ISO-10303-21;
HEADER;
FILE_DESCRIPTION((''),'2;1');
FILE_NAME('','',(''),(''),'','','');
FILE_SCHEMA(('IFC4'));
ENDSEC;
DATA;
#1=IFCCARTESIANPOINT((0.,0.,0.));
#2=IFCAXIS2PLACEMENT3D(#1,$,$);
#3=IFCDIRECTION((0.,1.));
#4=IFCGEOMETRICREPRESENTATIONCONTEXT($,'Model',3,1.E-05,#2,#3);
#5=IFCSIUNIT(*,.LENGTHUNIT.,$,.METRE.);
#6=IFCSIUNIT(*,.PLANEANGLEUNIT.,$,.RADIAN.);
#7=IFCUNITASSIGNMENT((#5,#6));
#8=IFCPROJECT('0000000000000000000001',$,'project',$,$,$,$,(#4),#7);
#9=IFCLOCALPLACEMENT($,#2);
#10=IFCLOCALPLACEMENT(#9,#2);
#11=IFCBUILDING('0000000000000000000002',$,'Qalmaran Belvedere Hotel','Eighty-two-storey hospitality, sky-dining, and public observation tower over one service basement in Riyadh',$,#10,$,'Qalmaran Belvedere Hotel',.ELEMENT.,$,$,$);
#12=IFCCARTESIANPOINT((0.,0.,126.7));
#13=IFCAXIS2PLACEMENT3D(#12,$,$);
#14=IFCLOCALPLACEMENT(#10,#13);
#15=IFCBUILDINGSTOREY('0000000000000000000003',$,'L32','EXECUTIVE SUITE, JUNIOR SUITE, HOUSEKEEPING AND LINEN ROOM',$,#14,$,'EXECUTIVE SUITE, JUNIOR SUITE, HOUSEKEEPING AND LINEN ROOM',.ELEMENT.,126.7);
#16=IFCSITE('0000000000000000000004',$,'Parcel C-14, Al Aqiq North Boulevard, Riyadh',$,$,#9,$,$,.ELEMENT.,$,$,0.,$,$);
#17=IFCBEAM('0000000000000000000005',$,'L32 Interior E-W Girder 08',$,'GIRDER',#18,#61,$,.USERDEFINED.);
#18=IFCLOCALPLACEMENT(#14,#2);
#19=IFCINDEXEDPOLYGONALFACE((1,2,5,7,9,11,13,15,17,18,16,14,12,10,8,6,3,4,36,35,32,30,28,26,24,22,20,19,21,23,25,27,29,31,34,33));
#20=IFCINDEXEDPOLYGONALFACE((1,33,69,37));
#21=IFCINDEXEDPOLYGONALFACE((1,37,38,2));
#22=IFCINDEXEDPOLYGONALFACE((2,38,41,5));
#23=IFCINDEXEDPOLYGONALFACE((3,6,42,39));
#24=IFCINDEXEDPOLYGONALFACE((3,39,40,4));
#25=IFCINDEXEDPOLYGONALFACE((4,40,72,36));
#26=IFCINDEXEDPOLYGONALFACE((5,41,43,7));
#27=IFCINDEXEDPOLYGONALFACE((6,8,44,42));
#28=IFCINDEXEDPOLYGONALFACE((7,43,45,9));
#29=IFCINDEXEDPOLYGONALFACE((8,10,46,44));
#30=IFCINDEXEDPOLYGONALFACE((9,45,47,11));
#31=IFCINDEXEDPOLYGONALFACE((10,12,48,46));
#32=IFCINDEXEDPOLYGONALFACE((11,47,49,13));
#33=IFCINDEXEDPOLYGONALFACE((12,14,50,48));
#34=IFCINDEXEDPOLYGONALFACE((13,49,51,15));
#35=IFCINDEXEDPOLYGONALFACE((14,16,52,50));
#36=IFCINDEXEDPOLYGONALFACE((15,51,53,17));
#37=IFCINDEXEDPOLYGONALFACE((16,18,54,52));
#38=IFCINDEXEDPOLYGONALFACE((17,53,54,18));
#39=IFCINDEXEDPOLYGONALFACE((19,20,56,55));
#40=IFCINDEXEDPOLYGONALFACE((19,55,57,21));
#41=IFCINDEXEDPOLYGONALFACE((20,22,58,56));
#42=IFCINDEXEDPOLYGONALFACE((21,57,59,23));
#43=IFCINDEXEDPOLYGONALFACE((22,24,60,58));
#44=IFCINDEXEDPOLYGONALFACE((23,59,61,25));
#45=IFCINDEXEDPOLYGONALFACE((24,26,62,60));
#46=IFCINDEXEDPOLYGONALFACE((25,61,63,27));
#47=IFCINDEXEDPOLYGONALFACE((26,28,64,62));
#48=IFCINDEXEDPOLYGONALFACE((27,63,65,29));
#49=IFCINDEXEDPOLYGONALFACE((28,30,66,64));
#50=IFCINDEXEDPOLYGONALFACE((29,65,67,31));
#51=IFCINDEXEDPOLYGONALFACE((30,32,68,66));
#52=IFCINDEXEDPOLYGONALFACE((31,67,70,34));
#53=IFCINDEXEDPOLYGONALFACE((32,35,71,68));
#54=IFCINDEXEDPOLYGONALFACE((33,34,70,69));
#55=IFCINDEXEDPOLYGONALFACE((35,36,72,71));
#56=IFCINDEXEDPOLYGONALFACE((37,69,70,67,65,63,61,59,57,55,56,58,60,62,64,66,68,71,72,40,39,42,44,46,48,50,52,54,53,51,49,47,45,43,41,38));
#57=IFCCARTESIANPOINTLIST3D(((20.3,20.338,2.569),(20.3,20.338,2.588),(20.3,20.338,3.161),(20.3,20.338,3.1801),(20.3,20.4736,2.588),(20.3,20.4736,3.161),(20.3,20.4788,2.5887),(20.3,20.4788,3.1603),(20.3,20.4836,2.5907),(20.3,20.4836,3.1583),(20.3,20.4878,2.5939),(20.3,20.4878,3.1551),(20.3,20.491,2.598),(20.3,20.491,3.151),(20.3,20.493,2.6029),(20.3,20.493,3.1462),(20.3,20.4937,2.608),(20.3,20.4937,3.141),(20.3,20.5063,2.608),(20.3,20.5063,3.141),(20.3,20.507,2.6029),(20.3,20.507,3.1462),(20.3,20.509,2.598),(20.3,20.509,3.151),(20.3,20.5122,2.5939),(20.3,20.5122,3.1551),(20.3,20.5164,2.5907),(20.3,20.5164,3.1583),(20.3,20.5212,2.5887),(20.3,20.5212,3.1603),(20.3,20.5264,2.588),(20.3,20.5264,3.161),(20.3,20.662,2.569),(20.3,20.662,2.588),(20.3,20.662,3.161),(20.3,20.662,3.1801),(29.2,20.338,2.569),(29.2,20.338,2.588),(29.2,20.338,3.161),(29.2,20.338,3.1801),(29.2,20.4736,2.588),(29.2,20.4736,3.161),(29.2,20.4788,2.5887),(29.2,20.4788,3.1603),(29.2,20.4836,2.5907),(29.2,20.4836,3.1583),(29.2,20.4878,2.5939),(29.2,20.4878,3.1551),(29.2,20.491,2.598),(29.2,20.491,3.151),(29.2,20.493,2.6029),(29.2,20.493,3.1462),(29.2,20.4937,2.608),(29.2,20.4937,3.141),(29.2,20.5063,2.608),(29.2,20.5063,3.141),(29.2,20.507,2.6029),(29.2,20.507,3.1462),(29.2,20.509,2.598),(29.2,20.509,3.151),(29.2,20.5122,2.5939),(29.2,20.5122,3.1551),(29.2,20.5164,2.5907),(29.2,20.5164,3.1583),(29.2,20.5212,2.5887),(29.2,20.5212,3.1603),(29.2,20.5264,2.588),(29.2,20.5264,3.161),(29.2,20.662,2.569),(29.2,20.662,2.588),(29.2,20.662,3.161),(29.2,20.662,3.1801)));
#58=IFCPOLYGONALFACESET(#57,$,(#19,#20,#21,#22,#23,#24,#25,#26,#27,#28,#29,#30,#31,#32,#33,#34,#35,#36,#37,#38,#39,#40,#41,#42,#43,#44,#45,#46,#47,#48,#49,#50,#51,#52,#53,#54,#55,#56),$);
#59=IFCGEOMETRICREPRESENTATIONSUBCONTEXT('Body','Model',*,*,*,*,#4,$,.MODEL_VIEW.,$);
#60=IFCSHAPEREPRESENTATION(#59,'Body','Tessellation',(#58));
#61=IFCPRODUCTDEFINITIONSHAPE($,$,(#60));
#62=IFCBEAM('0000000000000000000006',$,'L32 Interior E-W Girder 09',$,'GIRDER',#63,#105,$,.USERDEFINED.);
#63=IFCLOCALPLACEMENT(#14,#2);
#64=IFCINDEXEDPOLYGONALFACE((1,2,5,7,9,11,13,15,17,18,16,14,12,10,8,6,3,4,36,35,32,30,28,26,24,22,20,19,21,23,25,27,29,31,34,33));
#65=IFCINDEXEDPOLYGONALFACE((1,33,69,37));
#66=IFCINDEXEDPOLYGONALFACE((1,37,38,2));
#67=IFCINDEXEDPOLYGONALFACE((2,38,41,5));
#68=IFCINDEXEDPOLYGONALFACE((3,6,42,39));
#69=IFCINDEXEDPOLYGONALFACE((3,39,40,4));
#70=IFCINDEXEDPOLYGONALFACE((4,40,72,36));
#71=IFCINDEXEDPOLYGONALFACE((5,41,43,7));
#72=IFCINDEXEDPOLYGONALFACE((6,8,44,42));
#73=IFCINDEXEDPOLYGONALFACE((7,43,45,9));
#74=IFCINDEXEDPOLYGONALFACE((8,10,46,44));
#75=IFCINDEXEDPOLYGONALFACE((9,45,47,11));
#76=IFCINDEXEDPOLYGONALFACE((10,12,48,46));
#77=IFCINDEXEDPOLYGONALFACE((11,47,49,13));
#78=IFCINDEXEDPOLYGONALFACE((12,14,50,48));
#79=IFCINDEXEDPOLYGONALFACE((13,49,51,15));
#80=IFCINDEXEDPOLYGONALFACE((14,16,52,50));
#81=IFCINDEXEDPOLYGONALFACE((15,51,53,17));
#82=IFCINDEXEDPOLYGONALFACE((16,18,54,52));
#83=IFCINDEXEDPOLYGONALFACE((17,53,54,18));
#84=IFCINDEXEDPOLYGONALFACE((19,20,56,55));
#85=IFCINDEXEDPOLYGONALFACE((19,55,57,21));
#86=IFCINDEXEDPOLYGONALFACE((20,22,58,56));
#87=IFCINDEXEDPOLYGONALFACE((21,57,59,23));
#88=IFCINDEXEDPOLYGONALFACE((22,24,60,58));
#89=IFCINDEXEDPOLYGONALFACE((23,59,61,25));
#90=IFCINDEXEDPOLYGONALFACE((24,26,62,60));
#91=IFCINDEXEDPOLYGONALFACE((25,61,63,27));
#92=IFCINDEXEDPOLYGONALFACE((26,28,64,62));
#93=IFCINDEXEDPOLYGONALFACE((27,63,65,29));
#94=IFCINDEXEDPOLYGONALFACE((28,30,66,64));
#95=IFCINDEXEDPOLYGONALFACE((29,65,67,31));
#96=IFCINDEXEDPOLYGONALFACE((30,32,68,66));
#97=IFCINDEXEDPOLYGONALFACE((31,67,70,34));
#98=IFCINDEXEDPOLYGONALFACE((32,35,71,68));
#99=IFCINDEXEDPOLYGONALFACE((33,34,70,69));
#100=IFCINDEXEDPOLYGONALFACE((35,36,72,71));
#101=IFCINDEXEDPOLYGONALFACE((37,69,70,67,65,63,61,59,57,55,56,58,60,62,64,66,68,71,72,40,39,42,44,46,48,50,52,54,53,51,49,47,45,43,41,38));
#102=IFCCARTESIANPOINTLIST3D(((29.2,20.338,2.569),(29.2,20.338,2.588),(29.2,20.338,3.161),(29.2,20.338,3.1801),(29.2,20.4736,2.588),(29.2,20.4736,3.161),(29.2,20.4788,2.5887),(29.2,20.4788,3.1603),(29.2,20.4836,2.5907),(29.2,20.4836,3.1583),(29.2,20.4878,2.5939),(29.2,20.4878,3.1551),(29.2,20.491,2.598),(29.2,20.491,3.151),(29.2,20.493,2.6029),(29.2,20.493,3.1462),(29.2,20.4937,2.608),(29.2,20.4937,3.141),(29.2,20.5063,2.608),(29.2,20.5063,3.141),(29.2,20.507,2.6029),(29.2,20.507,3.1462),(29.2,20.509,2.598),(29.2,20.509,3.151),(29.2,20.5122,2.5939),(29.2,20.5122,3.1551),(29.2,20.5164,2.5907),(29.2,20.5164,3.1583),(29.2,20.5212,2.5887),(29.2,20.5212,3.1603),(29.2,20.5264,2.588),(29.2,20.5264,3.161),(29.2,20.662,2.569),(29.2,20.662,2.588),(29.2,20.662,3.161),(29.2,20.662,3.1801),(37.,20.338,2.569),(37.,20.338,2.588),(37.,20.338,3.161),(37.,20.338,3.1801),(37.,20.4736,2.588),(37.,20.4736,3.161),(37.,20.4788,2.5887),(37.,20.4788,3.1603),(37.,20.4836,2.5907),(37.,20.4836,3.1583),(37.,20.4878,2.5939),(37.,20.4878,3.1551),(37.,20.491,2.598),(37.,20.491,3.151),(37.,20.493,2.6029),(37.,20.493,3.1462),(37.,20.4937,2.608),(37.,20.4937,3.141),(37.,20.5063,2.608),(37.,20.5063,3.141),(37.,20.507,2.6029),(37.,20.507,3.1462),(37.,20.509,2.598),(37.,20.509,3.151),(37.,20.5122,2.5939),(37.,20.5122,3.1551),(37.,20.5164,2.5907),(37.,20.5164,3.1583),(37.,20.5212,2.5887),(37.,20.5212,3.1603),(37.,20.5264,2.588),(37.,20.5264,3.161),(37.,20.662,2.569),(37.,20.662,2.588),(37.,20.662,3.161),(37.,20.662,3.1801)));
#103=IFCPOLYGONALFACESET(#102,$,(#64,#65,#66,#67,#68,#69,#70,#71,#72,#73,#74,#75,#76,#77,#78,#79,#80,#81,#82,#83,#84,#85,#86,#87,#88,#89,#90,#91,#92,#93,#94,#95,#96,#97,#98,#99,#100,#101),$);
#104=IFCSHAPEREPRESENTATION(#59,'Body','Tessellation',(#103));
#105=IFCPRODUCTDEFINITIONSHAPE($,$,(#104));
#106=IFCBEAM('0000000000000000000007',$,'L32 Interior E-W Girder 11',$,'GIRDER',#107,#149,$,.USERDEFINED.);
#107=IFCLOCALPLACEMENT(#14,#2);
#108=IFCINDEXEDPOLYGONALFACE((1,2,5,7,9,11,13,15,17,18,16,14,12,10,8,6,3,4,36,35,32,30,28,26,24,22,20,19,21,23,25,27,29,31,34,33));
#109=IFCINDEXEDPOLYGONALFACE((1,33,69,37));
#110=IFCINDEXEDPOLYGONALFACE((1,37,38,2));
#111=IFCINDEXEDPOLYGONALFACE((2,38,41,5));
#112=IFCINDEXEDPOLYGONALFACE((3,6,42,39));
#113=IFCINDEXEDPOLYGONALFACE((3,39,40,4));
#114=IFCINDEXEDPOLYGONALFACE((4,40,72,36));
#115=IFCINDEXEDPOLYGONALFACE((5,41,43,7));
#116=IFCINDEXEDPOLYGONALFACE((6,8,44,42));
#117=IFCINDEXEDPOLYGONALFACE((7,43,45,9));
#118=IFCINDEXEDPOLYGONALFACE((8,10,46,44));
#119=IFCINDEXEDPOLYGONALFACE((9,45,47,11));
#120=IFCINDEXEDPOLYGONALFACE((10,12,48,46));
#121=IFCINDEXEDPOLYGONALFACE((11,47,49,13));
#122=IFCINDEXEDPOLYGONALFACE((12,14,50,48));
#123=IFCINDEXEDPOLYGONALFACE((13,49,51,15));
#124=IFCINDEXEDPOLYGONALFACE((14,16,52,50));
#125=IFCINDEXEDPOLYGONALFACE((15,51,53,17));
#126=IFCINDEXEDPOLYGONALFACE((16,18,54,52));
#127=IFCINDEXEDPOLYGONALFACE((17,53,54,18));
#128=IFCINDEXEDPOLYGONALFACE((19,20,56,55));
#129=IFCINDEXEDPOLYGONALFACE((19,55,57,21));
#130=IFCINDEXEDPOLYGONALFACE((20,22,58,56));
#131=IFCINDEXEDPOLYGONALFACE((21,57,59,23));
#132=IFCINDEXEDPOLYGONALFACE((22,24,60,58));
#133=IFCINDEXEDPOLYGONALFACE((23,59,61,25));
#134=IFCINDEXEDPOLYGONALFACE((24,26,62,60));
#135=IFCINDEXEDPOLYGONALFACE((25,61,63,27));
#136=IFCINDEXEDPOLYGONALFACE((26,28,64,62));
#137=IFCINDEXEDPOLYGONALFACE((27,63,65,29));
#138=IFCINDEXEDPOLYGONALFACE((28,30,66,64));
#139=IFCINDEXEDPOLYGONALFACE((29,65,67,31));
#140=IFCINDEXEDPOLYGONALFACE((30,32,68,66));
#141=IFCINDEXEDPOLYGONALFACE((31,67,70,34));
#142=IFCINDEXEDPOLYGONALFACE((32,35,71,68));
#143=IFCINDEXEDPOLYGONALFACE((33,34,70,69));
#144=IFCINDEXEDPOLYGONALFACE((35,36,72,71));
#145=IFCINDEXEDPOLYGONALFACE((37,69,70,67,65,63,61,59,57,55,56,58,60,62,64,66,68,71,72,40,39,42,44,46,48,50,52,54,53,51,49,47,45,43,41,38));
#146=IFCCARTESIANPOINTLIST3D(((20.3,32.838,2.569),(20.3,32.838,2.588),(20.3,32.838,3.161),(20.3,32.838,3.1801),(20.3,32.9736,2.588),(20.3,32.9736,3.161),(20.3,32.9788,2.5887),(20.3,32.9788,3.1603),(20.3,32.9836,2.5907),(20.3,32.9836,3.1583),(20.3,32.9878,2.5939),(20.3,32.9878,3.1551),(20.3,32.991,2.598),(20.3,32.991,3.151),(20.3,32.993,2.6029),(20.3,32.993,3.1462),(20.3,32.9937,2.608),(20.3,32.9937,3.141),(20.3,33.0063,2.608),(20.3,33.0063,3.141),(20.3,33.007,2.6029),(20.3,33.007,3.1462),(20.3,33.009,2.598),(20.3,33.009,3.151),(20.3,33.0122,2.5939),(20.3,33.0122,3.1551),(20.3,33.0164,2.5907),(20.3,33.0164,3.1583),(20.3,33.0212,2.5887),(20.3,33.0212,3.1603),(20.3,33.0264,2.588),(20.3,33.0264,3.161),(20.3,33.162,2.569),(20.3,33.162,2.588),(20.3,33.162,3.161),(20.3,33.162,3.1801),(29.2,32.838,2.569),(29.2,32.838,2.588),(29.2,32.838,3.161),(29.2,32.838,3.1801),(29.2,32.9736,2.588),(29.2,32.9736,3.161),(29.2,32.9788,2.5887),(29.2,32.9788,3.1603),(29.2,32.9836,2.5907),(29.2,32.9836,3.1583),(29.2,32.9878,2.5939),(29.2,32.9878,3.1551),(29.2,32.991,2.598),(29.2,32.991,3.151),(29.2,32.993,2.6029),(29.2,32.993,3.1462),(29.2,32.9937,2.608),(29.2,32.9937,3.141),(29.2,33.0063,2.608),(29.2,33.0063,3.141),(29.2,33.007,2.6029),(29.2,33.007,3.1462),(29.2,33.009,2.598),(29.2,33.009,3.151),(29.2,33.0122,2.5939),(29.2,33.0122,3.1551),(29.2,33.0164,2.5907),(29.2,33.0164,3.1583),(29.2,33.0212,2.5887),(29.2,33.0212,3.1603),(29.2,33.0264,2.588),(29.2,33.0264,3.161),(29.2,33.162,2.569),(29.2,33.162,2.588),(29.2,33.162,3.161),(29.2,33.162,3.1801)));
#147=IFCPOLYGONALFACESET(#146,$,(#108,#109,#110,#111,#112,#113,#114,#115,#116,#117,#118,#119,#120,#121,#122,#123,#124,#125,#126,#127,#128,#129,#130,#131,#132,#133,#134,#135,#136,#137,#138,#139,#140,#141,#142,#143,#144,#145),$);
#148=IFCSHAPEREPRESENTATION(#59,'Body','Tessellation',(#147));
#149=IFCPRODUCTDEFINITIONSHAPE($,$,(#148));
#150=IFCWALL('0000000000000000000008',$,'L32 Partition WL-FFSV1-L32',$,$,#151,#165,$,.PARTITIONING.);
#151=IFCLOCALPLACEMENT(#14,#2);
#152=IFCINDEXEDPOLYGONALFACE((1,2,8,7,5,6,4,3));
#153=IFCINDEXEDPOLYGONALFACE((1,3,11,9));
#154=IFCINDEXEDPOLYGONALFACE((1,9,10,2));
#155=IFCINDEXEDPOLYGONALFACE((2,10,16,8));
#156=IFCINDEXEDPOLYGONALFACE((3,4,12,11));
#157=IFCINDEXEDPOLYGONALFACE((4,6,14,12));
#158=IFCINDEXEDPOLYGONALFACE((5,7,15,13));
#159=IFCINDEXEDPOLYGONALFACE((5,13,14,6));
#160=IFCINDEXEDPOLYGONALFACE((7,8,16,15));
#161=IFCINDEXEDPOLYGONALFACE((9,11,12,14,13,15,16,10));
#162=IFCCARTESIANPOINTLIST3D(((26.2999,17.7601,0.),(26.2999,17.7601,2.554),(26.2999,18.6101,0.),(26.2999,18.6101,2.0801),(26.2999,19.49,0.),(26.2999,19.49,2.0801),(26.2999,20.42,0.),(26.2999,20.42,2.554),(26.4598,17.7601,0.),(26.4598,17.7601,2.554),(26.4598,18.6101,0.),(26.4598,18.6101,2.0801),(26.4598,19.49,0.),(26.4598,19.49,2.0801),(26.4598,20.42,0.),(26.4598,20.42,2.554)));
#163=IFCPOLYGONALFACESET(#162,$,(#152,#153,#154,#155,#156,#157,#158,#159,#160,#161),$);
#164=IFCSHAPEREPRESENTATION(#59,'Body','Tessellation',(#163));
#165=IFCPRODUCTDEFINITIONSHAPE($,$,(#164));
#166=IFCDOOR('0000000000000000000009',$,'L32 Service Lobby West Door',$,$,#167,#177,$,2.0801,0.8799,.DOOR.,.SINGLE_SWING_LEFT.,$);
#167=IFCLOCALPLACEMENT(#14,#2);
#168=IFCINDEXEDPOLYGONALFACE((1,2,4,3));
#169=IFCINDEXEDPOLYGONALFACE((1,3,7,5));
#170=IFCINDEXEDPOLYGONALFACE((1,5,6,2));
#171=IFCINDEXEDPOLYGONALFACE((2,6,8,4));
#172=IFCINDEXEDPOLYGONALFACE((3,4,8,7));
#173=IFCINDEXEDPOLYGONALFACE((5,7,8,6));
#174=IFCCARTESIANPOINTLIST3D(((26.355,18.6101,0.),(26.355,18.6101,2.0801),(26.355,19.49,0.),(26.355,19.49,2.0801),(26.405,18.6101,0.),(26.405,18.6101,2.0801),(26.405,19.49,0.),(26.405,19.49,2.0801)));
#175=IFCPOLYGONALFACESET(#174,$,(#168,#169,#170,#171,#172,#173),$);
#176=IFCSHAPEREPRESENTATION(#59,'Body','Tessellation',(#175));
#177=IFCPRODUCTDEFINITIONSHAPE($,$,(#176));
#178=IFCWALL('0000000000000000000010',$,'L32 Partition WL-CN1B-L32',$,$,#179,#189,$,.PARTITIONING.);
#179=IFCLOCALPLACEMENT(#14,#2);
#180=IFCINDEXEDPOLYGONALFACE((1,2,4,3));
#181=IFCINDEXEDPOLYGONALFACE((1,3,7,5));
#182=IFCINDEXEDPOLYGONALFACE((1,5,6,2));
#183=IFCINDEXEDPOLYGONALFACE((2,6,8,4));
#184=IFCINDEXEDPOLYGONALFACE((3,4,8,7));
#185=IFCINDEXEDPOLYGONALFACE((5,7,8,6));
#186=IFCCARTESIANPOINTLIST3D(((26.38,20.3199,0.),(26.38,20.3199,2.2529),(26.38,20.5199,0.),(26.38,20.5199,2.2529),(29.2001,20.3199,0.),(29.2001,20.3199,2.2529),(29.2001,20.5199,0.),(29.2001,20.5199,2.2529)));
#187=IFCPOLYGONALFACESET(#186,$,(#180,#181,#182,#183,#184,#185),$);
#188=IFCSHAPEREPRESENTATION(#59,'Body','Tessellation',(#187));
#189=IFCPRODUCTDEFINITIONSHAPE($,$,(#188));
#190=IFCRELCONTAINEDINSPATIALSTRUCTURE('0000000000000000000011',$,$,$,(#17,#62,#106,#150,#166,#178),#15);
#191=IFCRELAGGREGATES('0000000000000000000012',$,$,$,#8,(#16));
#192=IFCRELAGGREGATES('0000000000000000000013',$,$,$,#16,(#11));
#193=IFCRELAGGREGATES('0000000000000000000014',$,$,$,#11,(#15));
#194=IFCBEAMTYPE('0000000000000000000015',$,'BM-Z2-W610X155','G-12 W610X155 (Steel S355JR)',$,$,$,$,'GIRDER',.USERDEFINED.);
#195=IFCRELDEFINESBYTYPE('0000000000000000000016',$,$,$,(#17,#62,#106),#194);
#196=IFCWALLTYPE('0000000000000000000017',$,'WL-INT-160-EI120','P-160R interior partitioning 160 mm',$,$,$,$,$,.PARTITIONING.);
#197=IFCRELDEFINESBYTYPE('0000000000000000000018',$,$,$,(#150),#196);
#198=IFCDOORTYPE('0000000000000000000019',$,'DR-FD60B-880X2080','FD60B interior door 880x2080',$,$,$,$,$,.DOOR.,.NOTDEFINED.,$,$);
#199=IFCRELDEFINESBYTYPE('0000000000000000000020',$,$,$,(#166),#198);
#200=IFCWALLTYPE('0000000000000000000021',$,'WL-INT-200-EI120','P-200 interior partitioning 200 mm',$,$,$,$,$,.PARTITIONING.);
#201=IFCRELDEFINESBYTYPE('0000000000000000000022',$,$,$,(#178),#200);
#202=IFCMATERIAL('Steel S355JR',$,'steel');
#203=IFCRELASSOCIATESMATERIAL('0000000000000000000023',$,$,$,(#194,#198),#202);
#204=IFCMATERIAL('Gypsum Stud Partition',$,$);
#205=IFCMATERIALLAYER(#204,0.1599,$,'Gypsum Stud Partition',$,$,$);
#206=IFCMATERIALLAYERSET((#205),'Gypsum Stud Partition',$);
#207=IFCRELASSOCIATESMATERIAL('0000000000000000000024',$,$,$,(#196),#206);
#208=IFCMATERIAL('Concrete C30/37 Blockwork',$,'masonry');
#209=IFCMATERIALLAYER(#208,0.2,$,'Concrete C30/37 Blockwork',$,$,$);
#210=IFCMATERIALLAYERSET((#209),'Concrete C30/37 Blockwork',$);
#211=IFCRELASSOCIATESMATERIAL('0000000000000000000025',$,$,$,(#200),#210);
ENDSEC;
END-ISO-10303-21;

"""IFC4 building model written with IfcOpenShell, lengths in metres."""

from ifc_helpers import new_model, si_unit, direction, frame, frame_2d, origin, origin_2d, place, context, subcontext, project, spatial, rectangle, i_section, extrude, material, layer, layer_set, material_profile, profile_set, type_object, element, fill, save


model = new_model("IFC4")

# Units and contexts
model_context = context("Model", 3, precision=1e-05, world=origin(), true_north=direction((0.0, 1.0)))
body_context = subcontext(model_context, "Body", "Model", "MODEL_VIEW")
ifc_project = project(units=[si_unit("LENGTHUNIT", "METRE"), si_unit("PLANEANGLEUNIT", "RADIAN")], contexts=[model_context])

# Site, building, storey
site_placement = place(None, origin())
site = spatial("IfcSite", under=ifc_project, at=site_placement, Name="Parcel C-14, Al Aqiq North Boulevard, Riyadh", CompositionType="ELEMENT", RefElevation=0.0)
building_placement = place(site_placement, origin())
building = spatial("IfcBuilding", under=site, at=building_placement, Name="Qalmaran Belvedere Hotel", Description="Eighty-two-storey hospitality, sky-dining, and public observation tower over one service basement in Riyadh", LongName="Qalmaran Belvedere Hotel", CompositionType="ELEMENT")
storey_placement = place(building_placement, frame((0.0, 0.0, 126.7)))
storey = spatial("IfcBuildingStorey", under=building, at=storey_placement, Name="L32", Description="EXECUTIVE SUITE, JUNIOR SUITE, HOUSEKEEPING AND LINEN ROOM", LongName="EXECUTIVE SUITE, JUNIOR SUITE, HOUSEKEEPING AND LINEN ROOM", CompositionType="ELEMENT", Elevation=126.7)

# Beams
ifc_material_1 = material(Name="Steel S355JR", Category="steel")
ifc_material_profile_1 = material_profile(ifc_material_1, i_section(OverallWidth=0.324, OverallDepth=0.6111, WebThickness=0.0127, FlangeThickness=0.019, FilletRadius=0.02, at=origin_2d()), Name="W610X155")
ifc_profile_set_1 = profile_set([ifc_material_profile_1], Name="Steel S355JR")
beam_type_1 = type_object("IfcBeamType", Name="BM-Z2-W610X155", Description="G-12 W610X155 (Steel S355JR)", ElementType="GIRDER", PredefinedType="USERDEFINED", material=ifc_profile_set_1)
beam_1_placement = place(storey_placement, frame((20.3, 20.5, 2.8745), z_axis=(1.0, 0.0, 0.0), x_axis=(0.0, 1.0, 0.0)))
element("IfcBeam", 1, at=beam_1_placement, inside=storey, type_object=beam_type_1, Name="L32 Interior E-W Girder 08", ObjectType="GIRDER", PredefinedType="USERDEFINED", context=body_context, shape_type="SweptSolid", body=[
    extrude(i_section(OverallWidth=0.324, OverallDepth=0.6111, WebThickness=0.0127, FlangeThickness=0.019, FilletRadius=0.02, at=origin_2d()), origin(), (0.0, 0.0, 1.0), 8.8999),
])
beam_2_placement = place(storey_placement, frame((29.2, 20.5, 2.8745), z_axis=(1.0, 0.0, 0.0), x_axis=(0.0, 1.0, 0.0)))
element("IfcBeam", 2, at=beam_2_placement, inside=storey, type_object=beam_type_1, Name="L32 Interior E-W Girder 09", ObjectType="GIRDER", PredefinedType="USERDEFINED", context=body_context, shape_type="SweptSolid", body=[
    extrude(i_section(OverallWidth=0.324, OverallDepth=0.6111, WebThickness=0.0127, FlangeThickness=0.019, FilletRadius=0.02, at=origin_2d()), origin(), (0.0, 0.0, 1.0), 7.8),
])
beam_3_placement = place(storey_placement, frame((20.3, 33.0, 2.8745), z_axis=(1.0, 0.0, 0.0), x_axis=(0.0, 1.0, 0.0)))
element("IfcBeam", 3, at=beam_3_placement, inside=storey, type_object=beam_type_1, Name="L32 Interior E-W Girder 11", ObjectType="GIRDER", PredefinedType="USERDEFINED", context=body_context, shape_type="SweptSolid", body=[
    extrude(i_section(OverallWidth=0.324, OverallDepth=0.6111, WebThickness=0.0127, FlangeThickness=0.019, FilletRadius=0.02, at=origin_2d()), origin(), (0.0, 0.0, 1.0), 8.8999),
])

# Wall, opening, door
ifc_material_2 = material(Name="Gypsum Stud Partition")
ifc_layer_1 = layer(ifc_material_2, 0.1599, Name="Gypsum Stud Partition")
ifc_layer_set_1 = layer_set([ifc_layer_1], Name="Gypsum Stud Partition")
wall_type_1 = type_object("IfcWallType", Name="WL-INT-160-EI120", Description="P-160R interior partitioning 160 mm", PredefinedType="PARTITIONING", material=ifc_layer_set_1)
wall_1_placement = place(storey_placement, frame((26.3799, 17.76, 0.0), z_axis=(0.0, 0.0, 1.0), x_axis=(0.0, 1.0, 0.0)))
wall_1 = element("IfcWall", 4, at=wall_1_placement, inside=storey, type_object=wall_type_1, Name="L32 Partition WL-FFSV1-L32", PredefinedType="PARTITIONING", context=body_context, shape_type="SweptSolid", body=[
    extrude(rectangle(XDim=2.6599, YDim=0.1599, at=frame_2d((1.3301, 0.0))), origin(), (0.0, 0.0, 1.0), 2.554),
])
opening_1_placement = place(wall_1_placement, frame((0.8501, 0.0, 0.0)))
opening_1 = element("IfcOpeningElement", 5, at=opening_1_placement, cuts=wall_1, PredefinedType="OPENING", context=body_context, shape_type="SweptSolid", body=[
    extrude(rectangle(XDim=0.8799, YDim=2.0801, at=frame_2d((0.4399, 1.04))), frame((0.0, 0.0898, 0.0), z_axis=(0.0, -1.0, 0.0), x_axis=(1.0, 0.0, 0.0)), (0.0, 0.0, 1.0), 0.1799),
])
door_type_1 = type_object("IfcDoorType", Name="DR-FD60B-880X2080", Description="FD60B interior door 880x2080", OperationType="NOTDEFINED", PredefinedType="DOOR", material=ifc_material_1)
door_1_placement = place(opening_1_placement, origin())
door_1 = element("IfcDoor", 6, at=door_1_placement, inside=storey, type_object=door_type_1, Name="L32 Service Lobby West Door", OperationType="SINGLE_SWING_LEFT", OverallHeight=2.0801, OverallWidth=0.8799, PredefinedType="DOOR", context=body_context, shape_type="SweptSolid", body=[
    extrude(rectangle(XDim=0.8799, YDim=2.0801, at=frame_2d((0.4399, 1.04))), frame((0.0, 0.0249, 0.0), z_axis=(0.0, -1.0, 0.0), x_axis=(1.0, 0.0, 0.0)), (0.0, 0.0, 1.0), 0.05),
])
fill(opening_1, door_1)
ifc_material_3 = material(Name="Concrete C30/37 Blockwork", Category="masonry")
ifc_layer_2 = layer(ifc_material_3, 0.2, Name="Concrete C30/37 Blockwork")
ifc_layer_set_2 = layer_set([ifc_layer_2], Name="Concrete C30/37 Blockwork")
wall_type_2 = type_object("IfcWallType", Name="WL-INT-200-EI120", Description="P-200 interior partitioning 200 mm", PredefinedType="PARTITIONING", material=ifc_layer_set_2)

# Wall
wall_2_placement = place(storey_placement, frame((26.3799, 20.4199, 0.0), z_axis=(0.0, 0.0, 1.0), x_axis=(1.0, 0.0, 0.0)))
element("IfcWall", 7, at=wall_2_placement, inside=storey, type_object=wall_type_2, Name="L32 Partition WL-CN1B-L32", PredefinedType="PARTITIONING", context=body_context, shape_type="SweptSolid", body=[
    extrude(rectangle(XDim=2.8201, YDim=0.2, at=frame_2d((1.4102, 0.0))), origin(), (0.0, 0.0, 1.0), 2.2529),
])

save(model, "model.ifc")
